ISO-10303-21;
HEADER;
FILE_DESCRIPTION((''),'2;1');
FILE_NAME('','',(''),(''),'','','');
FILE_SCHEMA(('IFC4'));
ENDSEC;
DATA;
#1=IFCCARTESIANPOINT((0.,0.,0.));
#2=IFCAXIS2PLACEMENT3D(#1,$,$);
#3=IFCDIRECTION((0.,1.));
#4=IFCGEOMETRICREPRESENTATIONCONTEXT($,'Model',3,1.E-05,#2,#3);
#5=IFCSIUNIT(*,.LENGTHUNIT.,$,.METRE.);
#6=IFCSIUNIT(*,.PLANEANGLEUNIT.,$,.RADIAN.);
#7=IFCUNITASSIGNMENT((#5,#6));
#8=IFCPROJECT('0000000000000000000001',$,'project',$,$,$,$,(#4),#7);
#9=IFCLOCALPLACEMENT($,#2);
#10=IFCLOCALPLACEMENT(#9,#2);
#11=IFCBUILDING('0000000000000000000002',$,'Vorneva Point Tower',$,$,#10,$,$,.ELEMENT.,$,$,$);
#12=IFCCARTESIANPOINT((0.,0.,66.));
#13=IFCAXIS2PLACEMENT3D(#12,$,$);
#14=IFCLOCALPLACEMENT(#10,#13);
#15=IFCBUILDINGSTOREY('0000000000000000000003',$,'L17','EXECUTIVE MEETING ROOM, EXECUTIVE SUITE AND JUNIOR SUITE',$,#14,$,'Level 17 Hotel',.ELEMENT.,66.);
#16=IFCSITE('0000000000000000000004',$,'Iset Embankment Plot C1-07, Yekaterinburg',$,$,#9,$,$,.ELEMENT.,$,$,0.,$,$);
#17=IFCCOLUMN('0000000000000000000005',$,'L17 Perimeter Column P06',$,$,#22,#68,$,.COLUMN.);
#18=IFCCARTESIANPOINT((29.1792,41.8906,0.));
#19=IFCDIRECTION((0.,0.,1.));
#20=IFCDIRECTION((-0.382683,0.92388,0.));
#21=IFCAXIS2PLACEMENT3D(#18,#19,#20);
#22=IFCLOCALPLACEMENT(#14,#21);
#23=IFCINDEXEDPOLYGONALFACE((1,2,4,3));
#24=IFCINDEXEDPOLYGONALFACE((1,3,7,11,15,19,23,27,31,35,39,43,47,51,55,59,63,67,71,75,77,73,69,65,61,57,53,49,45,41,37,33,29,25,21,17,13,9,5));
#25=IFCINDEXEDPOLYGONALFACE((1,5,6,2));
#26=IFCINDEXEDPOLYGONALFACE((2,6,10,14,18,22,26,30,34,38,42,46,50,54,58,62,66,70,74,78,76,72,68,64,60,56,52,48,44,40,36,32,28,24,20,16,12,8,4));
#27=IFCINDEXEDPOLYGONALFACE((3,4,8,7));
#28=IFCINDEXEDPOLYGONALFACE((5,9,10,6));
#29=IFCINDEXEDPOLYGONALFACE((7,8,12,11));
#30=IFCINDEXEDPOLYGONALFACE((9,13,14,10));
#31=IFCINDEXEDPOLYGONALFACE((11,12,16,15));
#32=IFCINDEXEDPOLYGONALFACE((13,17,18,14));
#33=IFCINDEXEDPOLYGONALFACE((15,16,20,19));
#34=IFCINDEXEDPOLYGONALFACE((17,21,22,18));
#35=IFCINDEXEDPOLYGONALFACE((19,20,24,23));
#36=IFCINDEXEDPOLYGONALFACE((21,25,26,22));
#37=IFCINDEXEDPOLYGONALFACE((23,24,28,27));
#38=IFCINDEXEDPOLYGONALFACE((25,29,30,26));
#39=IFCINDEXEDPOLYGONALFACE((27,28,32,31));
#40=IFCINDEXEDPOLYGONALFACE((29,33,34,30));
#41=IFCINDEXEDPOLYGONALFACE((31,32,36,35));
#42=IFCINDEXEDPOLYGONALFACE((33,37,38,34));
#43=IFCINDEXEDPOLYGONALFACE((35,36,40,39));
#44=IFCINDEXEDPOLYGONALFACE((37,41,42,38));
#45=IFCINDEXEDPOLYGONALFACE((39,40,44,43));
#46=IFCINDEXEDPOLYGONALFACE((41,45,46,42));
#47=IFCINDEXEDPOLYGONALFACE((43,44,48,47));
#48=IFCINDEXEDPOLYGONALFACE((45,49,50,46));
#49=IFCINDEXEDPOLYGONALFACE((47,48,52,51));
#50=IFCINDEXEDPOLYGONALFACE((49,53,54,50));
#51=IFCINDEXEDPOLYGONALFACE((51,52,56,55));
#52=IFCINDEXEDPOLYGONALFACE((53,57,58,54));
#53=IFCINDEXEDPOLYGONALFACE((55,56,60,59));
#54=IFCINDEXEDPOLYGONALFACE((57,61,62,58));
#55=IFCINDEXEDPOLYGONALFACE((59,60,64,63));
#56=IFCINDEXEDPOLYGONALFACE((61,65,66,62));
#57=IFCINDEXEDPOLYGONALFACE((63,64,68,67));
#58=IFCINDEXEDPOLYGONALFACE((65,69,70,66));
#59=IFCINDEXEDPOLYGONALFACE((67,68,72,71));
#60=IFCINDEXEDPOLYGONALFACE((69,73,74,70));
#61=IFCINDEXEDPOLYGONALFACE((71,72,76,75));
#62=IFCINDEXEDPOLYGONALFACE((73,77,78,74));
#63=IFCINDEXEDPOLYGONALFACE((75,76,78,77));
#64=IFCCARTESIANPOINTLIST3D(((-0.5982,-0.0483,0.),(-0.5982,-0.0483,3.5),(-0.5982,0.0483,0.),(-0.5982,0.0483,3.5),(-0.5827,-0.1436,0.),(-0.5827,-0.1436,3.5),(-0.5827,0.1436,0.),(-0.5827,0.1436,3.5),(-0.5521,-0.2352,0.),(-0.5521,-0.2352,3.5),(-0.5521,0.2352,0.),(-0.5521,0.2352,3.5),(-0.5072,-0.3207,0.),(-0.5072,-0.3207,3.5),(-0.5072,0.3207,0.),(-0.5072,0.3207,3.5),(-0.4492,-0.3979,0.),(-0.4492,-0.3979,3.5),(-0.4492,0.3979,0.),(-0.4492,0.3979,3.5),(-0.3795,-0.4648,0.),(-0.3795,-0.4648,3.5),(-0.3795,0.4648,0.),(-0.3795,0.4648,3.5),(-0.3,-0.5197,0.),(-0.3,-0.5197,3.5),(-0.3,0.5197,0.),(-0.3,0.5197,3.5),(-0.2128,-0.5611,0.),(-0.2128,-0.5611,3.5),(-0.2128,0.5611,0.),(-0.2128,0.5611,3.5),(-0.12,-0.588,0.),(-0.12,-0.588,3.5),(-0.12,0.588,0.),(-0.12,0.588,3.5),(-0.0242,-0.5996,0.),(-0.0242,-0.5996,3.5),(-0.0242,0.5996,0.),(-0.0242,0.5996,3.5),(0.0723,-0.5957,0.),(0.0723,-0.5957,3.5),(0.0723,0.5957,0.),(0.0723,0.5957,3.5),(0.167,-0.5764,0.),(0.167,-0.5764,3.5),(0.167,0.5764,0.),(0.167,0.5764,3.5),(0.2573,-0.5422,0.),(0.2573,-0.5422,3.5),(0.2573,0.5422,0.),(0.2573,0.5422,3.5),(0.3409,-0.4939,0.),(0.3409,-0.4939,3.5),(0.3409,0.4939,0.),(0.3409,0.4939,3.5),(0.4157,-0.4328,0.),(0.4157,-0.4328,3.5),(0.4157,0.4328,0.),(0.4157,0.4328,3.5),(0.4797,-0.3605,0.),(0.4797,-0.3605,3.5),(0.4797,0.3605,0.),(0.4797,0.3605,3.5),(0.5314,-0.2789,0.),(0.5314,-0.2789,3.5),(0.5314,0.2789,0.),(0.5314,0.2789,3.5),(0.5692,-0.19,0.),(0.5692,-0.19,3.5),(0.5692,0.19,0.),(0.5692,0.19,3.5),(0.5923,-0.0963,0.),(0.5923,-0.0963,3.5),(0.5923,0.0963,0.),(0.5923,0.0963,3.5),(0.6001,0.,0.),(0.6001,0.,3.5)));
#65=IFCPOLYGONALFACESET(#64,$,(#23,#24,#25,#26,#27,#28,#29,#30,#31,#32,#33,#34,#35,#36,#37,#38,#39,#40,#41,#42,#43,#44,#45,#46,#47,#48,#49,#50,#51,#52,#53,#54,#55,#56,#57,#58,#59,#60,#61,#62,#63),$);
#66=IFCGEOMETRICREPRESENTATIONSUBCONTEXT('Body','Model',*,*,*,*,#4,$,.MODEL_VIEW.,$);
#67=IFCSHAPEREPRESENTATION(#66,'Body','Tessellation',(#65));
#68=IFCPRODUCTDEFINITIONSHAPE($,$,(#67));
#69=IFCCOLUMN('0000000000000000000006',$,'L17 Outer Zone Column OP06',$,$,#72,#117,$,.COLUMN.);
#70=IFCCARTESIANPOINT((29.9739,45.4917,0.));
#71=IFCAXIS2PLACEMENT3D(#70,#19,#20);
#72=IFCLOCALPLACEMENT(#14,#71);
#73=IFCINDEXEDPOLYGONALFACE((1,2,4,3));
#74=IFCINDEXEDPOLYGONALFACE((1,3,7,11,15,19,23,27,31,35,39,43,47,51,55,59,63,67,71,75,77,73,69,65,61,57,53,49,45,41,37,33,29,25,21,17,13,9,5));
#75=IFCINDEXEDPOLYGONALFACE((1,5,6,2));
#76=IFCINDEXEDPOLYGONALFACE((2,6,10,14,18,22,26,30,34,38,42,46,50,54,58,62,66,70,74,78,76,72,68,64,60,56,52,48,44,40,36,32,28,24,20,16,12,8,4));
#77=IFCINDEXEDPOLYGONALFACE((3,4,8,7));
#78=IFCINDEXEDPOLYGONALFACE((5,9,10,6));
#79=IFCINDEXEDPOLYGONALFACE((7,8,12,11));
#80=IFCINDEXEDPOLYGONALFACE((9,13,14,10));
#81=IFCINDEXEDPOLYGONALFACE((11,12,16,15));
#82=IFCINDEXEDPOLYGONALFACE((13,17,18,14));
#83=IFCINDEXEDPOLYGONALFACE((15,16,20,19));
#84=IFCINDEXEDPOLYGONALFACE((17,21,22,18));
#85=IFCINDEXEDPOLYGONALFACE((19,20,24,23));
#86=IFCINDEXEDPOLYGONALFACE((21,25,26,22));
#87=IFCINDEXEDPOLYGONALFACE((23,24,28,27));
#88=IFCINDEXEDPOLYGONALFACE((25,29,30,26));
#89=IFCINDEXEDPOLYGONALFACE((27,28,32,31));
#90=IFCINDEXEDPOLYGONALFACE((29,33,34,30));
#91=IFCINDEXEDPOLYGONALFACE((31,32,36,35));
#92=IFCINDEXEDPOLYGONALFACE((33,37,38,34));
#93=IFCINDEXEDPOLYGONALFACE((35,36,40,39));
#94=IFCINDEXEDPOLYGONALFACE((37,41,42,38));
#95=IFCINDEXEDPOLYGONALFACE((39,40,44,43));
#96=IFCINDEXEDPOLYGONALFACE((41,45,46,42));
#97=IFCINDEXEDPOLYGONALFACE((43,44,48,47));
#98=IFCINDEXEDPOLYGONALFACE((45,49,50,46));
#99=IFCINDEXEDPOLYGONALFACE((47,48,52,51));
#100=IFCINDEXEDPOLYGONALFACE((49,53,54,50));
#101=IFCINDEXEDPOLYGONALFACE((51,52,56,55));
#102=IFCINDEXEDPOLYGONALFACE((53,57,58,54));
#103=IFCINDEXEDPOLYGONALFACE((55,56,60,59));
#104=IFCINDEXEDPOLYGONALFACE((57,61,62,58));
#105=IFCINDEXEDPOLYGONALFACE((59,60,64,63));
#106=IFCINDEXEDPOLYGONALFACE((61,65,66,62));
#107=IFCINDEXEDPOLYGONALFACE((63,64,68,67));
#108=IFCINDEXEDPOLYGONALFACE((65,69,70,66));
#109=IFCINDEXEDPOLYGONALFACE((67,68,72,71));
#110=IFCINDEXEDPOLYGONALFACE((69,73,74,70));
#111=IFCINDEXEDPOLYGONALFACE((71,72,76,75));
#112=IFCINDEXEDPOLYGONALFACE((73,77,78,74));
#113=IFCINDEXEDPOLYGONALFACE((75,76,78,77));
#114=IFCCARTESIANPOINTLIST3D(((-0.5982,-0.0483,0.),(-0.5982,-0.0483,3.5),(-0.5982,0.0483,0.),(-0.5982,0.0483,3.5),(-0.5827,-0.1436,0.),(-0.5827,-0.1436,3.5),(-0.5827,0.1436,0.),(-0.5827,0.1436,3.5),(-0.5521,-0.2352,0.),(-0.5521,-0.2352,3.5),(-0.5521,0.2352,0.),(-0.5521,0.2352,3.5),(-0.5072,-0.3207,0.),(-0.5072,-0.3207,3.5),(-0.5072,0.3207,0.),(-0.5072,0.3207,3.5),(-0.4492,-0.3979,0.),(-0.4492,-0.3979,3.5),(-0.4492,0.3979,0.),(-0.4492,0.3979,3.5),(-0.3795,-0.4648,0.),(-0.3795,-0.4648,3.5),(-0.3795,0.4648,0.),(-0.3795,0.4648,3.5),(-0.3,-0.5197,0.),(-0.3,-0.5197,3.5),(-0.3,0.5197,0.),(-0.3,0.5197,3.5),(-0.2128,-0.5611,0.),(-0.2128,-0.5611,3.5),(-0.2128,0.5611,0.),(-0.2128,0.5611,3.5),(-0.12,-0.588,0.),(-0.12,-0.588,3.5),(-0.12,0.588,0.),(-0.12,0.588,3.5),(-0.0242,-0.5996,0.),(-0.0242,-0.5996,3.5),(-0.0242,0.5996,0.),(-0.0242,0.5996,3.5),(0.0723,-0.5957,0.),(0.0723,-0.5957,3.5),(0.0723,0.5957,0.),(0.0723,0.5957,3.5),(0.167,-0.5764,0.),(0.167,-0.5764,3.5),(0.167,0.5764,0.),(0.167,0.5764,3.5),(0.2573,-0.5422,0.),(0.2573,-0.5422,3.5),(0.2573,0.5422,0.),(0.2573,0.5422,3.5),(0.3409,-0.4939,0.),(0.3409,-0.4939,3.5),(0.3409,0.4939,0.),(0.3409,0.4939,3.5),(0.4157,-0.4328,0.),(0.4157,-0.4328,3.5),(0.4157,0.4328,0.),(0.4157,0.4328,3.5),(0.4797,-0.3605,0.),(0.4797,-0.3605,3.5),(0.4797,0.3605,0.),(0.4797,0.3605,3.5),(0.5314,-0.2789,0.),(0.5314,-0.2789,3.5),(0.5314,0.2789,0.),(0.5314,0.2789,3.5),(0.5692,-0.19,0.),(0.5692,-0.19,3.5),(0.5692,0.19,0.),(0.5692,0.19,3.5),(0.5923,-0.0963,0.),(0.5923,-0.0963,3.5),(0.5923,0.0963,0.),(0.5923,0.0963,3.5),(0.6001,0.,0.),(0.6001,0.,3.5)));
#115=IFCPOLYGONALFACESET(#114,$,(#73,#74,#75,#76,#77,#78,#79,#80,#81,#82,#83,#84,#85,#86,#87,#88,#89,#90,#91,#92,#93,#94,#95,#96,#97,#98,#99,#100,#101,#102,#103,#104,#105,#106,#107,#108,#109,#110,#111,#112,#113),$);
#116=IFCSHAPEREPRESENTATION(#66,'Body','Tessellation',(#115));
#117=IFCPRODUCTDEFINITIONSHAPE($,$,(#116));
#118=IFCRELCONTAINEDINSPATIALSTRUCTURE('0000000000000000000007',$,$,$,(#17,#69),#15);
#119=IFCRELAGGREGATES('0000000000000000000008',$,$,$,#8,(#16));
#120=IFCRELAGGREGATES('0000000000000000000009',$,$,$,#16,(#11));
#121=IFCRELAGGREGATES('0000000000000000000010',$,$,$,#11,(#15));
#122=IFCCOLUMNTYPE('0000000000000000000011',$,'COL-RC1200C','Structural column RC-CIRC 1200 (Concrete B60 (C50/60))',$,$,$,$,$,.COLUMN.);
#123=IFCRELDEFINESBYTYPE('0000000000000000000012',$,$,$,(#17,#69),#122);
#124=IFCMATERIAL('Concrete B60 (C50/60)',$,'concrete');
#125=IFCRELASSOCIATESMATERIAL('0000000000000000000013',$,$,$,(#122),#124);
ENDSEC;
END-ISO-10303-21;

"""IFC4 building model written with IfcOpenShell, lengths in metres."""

from ifc_helpers import new_model, si_unit, direction, frame, origin, origin_2d, place, context, subcontext, project, spatial, circle, extrude, material, material_profile, profile_set, type_object, element, save


model = new_model("IFC4")

# Units and contexts
model_context = context("Model", 3, precision=1e-05, world=origin(), true_north=direction((0.0, 1.0)))
body_context = subcontext(model_context, "Body", "Model", "MODEL_VIEW")
ifc_project = project(units=[si_unit("LENGTHUNIT", "METRE"), si_unit("PLANEANGLEUNIT", "RADIAN")], contexts=[model_context])

# Site, building, storey
site_placement = place(None, origin())
site = spatial("IfcSite", under=ifc_project, at=site_placement, Name="Iset Embankment Plot C1-07, Yekaterinburg", CompositionType="ELEMENT", RefElevation=0.0)
building_placement = place(site_placement, origin())
building = spatial("IfcBuilding", under=site, at=building_placement, Name="Vorneva Point Tower", CompositionType="ELEMENT")
storey_placement = place(building_placement, frame((0.0, 0.0, 66.0)))
storey = spatial("IfcBuildingStorey", under=building, at=storey_placement, Name="L17", Description="EXECUTIVE MEETING ROOM, EXECUTIVE SUITE AND JUNIOR SUITE", LongName="Level 17 Hotel", CompositionType="ELEMENT", Elevation=66.0)

# Columns
ifc_material_1 = material(Name="Concrete B60 (C50/60)", Category="concrete")
ifc_material_profile_1 = material_profile(ifc_material_1, circle(Radius=0.6001, at=origin_2d()), Name="RC-CIRC 1200")
ifc_profile_set_1 = profile_set([ifc_material_profile_1], Name="Concrete B60 (C50/60)")
column_type = type_object("IfcColumnType", Name="COL-RC1200C", Description="Structural column RC-CIRC 1200 (Concrete B60 (C50/60))", PredefinedType="COLUMN", material=ifc_profile_set_1)
for number, where, z_axis, x_axis, name in (
    (1, (29.1792, 41.8906, 0.0), (0.0, 0.0, 1.0), (-0.382683, 0.92388, 0.0), "L17 Perimeter Column P06"),
    (2, (29.9739, 45.4917, 0.0), (0.0, 0.0, 1.0), (-0.382683, 0.92388, 0.0), "L17 Outer Zone Column OP06"),
):
    element("IfcColumn", number, at=place(storey_placement, frame(where, z_axis=z_axis, x_axis=x_axis)), inside=storey, type_object=column_type, Name=name, PredefinedType="COLUMN", context=body_context, shape_type="SweptSolid", body=[
        extrude(circle(Radius=0.6001, at=origin_2d()), origin(), (0.0, 0.0, 1.0), 3.5),
    ])

save(model, "model.ifc")
